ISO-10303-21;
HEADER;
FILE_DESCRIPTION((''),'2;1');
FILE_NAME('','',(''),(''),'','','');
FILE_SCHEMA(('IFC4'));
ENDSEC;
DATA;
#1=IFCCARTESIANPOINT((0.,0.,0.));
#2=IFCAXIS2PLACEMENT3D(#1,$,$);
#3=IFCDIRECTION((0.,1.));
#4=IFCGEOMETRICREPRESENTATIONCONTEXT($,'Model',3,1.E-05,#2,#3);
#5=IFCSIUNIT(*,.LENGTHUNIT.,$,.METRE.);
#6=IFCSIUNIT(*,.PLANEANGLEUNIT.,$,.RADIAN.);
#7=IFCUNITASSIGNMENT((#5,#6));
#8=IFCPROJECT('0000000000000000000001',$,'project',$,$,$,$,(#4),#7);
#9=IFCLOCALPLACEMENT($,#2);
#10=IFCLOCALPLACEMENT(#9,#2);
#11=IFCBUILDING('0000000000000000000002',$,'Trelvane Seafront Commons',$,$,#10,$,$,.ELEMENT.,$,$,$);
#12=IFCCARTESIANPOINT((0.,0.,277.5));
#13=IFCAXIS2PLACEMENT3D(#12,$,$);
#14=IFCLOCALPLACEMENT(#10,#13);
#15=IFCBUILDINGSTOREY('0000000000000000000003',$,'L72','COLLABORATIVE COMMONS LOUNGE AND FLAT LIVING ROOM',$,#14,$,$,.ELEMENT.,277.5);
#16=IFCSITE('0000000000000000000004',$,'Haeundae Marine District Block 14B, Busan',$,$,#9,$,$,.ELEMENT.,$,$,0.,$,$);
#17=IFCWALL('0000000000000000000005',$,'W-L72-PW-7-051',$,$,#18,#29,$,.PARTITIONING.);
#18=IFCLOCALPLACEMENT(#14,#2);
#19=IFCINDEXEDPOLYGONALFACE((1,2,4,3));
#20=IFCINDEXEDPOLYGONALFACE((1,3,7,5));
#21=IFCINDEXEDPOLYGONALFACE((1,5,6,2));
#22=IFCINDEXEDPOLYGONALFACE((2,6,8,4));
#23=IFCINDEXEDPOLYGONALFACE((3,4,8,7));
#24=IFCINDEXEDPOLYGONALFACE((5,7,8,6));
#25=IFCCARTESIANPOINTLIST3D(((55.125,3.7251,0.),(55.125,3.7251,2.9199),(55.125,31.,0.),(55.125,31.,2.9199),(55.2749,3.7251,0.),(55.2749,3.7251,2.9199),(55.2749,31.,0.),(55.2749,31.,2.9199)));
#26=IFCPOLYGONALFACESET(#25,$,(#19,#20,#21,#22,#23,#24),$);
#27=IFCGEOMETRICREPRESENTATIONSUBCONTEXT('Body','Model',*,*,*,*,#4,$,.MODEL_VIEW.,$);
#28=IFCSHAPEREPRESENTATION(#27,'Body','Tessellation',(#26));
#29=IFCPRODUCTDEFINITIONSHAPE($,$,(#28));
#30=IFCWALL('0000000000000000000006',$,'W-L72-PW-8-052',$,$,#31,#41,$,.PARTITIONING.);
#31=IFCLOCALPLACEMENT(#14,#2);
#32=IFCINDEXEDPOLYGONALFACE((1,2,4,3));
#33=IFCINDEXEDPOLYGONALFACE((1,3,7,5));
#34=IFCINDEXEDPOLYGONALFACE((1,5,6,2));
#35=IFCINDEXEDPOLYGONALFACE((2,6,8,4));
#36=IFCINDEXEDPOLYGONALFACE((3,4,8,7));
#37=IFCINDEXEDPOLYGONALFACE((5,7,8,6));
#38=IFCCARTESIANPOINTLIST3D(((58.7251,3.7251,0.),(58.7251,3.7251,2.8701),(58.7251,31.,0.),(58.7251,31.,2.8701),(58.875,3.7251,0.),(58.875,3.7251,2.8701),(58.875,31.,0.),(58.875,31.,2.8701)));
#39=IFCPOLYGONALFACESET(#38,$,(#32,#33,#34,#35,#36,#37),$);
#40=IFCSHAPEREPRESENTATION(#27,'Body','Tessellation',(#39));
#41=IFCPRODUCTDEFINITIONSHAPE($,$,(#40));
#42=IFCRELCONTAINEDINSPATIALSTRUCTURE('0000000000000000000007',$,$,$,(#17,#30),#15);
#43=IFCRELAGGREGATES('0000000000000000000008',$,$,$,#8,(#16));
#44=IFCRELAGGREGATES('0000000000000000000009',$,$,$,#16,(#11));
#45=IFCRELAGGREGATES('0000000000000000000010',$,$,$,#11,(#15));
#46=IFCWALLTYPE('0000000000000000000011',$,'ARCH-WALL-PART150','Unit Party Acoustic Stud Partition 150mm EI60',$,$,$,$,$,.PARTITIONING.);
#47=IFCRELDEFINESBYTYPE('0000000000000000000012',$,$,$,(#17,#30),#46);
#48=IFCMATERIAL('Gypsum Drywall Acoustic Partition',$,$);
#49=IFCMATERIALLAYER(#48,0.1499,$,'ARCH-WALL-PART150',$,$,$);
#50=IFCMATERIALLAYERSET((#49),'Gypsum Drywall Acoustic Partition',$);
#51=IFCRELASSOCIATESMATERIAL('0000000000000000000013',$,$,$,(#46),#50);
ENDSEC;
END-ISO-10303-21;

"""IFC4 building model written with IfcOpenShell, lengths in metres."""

from ifc_helpers import new_model, si_unit, direction, frame, frame_2d, origin, place, context, subcontext, project, spatial, rectangle, extrude, material, layer, layer_set, type_object, element, save


model = new_model("IFC4")

# Units and contexts
model_context = context("Model", 3, precision=1e-05, world=origin(), true_north=direction((0.0, 1.0)))
body_context = subcontext(model_context, "Body", "Model", "MODEL_VIEW")
ifc_project = project(units=[si_unit("LENGTHUNIT", "METRE"), si_unit("PLANEANGLEUNIT", "RADIAN")], contexts=[model_context])

# Site, building, storey
site_placement = place(None, origin())
site = spatial("IfcSite", under=ifc_project, at=site_placement, Name="Haeundae Marine District Block 14B, Busan", CompositionType="ELEMENT", RefElevation=0.0)
building_placement = place(site_placement, origin())
building = spatial("IfcBuilding", under=site, at=building_placement, Name="Trelvane Seafront Commons", CompositionType="ELEMENT")
storey_placement = place(building_placement, frame((0.0, 0.0, 277.5)))
storey = spatial("IfcBuildingStorey", under=building, at=storey_placement, Name="L72", Description="COLLABORATIVE COMMONS LOUNGE AND FLAT LIVING ROOM", CompositionType="ELEMENT", Elevation=277.5)

# Shared definitions
ifc_material_1 = material(Name="Gypsum Drywall Acoustic Partition")

# Walls
ifc_layer_1 = layer(ifc_material_1, 0.1499, Name="ARCH-WALL-PART150")
ifc_layer_set_1 = layer_set([ifc_layer_1], Name="Gypsum Drywall Acoustic Partition")
wall_type_1 = type_object("IfcWallType", Name="ARCH-WALL-PART150", Description="Unit Party Acoustic Stud Partition 150mm EI60", PredefinedType="PARTITIONING", material=ifc_layer_set_1)
wall_1_placement = place(storey_placement, frame((55.2, 3.7251, 0.0), z_axis=(0.0, 0.0, 1.0), x_axis=(0.0, 1.0, 0.0)))
element("IfcWall", 1, at=wall_1_placement, inside=storey, type_object=wall_type_1, Name="W-L72-PW-7-051", PredefinedType="PARTITIONING", context=body_context, shape_type="SweptSolid", body=[
    extrude(rectangle(XDim=27.2749, YDim=0.1499, at=frame_2d((13.6375, 0.0))), origin(), (0.0, 0.0, 1.0), 2.9199),
])
wall_2_placement = place(storey_placement, frame((58.8, 3.7251, 0.0), z_axis=(0.0, 0.0, 1.0), x_axis=(0.0, 1.0, 0.0)))
element("IfcWall", 2, at=wall_2_placement, inside=storey, type_object=wall_type_1, Name="W-L72-PW-8-052", PredefinedType="PARTITIONING", context=body_context, shape_type="SweptSolid", body=[
    extrude(rectangle(XDim=27.2749, YDim=0.1499, at=frame_2d((13.6375, 0.0))), origin(), (0.0, 0.0, 1.0), 2.8701),
])

save(model, "model.ifc")
